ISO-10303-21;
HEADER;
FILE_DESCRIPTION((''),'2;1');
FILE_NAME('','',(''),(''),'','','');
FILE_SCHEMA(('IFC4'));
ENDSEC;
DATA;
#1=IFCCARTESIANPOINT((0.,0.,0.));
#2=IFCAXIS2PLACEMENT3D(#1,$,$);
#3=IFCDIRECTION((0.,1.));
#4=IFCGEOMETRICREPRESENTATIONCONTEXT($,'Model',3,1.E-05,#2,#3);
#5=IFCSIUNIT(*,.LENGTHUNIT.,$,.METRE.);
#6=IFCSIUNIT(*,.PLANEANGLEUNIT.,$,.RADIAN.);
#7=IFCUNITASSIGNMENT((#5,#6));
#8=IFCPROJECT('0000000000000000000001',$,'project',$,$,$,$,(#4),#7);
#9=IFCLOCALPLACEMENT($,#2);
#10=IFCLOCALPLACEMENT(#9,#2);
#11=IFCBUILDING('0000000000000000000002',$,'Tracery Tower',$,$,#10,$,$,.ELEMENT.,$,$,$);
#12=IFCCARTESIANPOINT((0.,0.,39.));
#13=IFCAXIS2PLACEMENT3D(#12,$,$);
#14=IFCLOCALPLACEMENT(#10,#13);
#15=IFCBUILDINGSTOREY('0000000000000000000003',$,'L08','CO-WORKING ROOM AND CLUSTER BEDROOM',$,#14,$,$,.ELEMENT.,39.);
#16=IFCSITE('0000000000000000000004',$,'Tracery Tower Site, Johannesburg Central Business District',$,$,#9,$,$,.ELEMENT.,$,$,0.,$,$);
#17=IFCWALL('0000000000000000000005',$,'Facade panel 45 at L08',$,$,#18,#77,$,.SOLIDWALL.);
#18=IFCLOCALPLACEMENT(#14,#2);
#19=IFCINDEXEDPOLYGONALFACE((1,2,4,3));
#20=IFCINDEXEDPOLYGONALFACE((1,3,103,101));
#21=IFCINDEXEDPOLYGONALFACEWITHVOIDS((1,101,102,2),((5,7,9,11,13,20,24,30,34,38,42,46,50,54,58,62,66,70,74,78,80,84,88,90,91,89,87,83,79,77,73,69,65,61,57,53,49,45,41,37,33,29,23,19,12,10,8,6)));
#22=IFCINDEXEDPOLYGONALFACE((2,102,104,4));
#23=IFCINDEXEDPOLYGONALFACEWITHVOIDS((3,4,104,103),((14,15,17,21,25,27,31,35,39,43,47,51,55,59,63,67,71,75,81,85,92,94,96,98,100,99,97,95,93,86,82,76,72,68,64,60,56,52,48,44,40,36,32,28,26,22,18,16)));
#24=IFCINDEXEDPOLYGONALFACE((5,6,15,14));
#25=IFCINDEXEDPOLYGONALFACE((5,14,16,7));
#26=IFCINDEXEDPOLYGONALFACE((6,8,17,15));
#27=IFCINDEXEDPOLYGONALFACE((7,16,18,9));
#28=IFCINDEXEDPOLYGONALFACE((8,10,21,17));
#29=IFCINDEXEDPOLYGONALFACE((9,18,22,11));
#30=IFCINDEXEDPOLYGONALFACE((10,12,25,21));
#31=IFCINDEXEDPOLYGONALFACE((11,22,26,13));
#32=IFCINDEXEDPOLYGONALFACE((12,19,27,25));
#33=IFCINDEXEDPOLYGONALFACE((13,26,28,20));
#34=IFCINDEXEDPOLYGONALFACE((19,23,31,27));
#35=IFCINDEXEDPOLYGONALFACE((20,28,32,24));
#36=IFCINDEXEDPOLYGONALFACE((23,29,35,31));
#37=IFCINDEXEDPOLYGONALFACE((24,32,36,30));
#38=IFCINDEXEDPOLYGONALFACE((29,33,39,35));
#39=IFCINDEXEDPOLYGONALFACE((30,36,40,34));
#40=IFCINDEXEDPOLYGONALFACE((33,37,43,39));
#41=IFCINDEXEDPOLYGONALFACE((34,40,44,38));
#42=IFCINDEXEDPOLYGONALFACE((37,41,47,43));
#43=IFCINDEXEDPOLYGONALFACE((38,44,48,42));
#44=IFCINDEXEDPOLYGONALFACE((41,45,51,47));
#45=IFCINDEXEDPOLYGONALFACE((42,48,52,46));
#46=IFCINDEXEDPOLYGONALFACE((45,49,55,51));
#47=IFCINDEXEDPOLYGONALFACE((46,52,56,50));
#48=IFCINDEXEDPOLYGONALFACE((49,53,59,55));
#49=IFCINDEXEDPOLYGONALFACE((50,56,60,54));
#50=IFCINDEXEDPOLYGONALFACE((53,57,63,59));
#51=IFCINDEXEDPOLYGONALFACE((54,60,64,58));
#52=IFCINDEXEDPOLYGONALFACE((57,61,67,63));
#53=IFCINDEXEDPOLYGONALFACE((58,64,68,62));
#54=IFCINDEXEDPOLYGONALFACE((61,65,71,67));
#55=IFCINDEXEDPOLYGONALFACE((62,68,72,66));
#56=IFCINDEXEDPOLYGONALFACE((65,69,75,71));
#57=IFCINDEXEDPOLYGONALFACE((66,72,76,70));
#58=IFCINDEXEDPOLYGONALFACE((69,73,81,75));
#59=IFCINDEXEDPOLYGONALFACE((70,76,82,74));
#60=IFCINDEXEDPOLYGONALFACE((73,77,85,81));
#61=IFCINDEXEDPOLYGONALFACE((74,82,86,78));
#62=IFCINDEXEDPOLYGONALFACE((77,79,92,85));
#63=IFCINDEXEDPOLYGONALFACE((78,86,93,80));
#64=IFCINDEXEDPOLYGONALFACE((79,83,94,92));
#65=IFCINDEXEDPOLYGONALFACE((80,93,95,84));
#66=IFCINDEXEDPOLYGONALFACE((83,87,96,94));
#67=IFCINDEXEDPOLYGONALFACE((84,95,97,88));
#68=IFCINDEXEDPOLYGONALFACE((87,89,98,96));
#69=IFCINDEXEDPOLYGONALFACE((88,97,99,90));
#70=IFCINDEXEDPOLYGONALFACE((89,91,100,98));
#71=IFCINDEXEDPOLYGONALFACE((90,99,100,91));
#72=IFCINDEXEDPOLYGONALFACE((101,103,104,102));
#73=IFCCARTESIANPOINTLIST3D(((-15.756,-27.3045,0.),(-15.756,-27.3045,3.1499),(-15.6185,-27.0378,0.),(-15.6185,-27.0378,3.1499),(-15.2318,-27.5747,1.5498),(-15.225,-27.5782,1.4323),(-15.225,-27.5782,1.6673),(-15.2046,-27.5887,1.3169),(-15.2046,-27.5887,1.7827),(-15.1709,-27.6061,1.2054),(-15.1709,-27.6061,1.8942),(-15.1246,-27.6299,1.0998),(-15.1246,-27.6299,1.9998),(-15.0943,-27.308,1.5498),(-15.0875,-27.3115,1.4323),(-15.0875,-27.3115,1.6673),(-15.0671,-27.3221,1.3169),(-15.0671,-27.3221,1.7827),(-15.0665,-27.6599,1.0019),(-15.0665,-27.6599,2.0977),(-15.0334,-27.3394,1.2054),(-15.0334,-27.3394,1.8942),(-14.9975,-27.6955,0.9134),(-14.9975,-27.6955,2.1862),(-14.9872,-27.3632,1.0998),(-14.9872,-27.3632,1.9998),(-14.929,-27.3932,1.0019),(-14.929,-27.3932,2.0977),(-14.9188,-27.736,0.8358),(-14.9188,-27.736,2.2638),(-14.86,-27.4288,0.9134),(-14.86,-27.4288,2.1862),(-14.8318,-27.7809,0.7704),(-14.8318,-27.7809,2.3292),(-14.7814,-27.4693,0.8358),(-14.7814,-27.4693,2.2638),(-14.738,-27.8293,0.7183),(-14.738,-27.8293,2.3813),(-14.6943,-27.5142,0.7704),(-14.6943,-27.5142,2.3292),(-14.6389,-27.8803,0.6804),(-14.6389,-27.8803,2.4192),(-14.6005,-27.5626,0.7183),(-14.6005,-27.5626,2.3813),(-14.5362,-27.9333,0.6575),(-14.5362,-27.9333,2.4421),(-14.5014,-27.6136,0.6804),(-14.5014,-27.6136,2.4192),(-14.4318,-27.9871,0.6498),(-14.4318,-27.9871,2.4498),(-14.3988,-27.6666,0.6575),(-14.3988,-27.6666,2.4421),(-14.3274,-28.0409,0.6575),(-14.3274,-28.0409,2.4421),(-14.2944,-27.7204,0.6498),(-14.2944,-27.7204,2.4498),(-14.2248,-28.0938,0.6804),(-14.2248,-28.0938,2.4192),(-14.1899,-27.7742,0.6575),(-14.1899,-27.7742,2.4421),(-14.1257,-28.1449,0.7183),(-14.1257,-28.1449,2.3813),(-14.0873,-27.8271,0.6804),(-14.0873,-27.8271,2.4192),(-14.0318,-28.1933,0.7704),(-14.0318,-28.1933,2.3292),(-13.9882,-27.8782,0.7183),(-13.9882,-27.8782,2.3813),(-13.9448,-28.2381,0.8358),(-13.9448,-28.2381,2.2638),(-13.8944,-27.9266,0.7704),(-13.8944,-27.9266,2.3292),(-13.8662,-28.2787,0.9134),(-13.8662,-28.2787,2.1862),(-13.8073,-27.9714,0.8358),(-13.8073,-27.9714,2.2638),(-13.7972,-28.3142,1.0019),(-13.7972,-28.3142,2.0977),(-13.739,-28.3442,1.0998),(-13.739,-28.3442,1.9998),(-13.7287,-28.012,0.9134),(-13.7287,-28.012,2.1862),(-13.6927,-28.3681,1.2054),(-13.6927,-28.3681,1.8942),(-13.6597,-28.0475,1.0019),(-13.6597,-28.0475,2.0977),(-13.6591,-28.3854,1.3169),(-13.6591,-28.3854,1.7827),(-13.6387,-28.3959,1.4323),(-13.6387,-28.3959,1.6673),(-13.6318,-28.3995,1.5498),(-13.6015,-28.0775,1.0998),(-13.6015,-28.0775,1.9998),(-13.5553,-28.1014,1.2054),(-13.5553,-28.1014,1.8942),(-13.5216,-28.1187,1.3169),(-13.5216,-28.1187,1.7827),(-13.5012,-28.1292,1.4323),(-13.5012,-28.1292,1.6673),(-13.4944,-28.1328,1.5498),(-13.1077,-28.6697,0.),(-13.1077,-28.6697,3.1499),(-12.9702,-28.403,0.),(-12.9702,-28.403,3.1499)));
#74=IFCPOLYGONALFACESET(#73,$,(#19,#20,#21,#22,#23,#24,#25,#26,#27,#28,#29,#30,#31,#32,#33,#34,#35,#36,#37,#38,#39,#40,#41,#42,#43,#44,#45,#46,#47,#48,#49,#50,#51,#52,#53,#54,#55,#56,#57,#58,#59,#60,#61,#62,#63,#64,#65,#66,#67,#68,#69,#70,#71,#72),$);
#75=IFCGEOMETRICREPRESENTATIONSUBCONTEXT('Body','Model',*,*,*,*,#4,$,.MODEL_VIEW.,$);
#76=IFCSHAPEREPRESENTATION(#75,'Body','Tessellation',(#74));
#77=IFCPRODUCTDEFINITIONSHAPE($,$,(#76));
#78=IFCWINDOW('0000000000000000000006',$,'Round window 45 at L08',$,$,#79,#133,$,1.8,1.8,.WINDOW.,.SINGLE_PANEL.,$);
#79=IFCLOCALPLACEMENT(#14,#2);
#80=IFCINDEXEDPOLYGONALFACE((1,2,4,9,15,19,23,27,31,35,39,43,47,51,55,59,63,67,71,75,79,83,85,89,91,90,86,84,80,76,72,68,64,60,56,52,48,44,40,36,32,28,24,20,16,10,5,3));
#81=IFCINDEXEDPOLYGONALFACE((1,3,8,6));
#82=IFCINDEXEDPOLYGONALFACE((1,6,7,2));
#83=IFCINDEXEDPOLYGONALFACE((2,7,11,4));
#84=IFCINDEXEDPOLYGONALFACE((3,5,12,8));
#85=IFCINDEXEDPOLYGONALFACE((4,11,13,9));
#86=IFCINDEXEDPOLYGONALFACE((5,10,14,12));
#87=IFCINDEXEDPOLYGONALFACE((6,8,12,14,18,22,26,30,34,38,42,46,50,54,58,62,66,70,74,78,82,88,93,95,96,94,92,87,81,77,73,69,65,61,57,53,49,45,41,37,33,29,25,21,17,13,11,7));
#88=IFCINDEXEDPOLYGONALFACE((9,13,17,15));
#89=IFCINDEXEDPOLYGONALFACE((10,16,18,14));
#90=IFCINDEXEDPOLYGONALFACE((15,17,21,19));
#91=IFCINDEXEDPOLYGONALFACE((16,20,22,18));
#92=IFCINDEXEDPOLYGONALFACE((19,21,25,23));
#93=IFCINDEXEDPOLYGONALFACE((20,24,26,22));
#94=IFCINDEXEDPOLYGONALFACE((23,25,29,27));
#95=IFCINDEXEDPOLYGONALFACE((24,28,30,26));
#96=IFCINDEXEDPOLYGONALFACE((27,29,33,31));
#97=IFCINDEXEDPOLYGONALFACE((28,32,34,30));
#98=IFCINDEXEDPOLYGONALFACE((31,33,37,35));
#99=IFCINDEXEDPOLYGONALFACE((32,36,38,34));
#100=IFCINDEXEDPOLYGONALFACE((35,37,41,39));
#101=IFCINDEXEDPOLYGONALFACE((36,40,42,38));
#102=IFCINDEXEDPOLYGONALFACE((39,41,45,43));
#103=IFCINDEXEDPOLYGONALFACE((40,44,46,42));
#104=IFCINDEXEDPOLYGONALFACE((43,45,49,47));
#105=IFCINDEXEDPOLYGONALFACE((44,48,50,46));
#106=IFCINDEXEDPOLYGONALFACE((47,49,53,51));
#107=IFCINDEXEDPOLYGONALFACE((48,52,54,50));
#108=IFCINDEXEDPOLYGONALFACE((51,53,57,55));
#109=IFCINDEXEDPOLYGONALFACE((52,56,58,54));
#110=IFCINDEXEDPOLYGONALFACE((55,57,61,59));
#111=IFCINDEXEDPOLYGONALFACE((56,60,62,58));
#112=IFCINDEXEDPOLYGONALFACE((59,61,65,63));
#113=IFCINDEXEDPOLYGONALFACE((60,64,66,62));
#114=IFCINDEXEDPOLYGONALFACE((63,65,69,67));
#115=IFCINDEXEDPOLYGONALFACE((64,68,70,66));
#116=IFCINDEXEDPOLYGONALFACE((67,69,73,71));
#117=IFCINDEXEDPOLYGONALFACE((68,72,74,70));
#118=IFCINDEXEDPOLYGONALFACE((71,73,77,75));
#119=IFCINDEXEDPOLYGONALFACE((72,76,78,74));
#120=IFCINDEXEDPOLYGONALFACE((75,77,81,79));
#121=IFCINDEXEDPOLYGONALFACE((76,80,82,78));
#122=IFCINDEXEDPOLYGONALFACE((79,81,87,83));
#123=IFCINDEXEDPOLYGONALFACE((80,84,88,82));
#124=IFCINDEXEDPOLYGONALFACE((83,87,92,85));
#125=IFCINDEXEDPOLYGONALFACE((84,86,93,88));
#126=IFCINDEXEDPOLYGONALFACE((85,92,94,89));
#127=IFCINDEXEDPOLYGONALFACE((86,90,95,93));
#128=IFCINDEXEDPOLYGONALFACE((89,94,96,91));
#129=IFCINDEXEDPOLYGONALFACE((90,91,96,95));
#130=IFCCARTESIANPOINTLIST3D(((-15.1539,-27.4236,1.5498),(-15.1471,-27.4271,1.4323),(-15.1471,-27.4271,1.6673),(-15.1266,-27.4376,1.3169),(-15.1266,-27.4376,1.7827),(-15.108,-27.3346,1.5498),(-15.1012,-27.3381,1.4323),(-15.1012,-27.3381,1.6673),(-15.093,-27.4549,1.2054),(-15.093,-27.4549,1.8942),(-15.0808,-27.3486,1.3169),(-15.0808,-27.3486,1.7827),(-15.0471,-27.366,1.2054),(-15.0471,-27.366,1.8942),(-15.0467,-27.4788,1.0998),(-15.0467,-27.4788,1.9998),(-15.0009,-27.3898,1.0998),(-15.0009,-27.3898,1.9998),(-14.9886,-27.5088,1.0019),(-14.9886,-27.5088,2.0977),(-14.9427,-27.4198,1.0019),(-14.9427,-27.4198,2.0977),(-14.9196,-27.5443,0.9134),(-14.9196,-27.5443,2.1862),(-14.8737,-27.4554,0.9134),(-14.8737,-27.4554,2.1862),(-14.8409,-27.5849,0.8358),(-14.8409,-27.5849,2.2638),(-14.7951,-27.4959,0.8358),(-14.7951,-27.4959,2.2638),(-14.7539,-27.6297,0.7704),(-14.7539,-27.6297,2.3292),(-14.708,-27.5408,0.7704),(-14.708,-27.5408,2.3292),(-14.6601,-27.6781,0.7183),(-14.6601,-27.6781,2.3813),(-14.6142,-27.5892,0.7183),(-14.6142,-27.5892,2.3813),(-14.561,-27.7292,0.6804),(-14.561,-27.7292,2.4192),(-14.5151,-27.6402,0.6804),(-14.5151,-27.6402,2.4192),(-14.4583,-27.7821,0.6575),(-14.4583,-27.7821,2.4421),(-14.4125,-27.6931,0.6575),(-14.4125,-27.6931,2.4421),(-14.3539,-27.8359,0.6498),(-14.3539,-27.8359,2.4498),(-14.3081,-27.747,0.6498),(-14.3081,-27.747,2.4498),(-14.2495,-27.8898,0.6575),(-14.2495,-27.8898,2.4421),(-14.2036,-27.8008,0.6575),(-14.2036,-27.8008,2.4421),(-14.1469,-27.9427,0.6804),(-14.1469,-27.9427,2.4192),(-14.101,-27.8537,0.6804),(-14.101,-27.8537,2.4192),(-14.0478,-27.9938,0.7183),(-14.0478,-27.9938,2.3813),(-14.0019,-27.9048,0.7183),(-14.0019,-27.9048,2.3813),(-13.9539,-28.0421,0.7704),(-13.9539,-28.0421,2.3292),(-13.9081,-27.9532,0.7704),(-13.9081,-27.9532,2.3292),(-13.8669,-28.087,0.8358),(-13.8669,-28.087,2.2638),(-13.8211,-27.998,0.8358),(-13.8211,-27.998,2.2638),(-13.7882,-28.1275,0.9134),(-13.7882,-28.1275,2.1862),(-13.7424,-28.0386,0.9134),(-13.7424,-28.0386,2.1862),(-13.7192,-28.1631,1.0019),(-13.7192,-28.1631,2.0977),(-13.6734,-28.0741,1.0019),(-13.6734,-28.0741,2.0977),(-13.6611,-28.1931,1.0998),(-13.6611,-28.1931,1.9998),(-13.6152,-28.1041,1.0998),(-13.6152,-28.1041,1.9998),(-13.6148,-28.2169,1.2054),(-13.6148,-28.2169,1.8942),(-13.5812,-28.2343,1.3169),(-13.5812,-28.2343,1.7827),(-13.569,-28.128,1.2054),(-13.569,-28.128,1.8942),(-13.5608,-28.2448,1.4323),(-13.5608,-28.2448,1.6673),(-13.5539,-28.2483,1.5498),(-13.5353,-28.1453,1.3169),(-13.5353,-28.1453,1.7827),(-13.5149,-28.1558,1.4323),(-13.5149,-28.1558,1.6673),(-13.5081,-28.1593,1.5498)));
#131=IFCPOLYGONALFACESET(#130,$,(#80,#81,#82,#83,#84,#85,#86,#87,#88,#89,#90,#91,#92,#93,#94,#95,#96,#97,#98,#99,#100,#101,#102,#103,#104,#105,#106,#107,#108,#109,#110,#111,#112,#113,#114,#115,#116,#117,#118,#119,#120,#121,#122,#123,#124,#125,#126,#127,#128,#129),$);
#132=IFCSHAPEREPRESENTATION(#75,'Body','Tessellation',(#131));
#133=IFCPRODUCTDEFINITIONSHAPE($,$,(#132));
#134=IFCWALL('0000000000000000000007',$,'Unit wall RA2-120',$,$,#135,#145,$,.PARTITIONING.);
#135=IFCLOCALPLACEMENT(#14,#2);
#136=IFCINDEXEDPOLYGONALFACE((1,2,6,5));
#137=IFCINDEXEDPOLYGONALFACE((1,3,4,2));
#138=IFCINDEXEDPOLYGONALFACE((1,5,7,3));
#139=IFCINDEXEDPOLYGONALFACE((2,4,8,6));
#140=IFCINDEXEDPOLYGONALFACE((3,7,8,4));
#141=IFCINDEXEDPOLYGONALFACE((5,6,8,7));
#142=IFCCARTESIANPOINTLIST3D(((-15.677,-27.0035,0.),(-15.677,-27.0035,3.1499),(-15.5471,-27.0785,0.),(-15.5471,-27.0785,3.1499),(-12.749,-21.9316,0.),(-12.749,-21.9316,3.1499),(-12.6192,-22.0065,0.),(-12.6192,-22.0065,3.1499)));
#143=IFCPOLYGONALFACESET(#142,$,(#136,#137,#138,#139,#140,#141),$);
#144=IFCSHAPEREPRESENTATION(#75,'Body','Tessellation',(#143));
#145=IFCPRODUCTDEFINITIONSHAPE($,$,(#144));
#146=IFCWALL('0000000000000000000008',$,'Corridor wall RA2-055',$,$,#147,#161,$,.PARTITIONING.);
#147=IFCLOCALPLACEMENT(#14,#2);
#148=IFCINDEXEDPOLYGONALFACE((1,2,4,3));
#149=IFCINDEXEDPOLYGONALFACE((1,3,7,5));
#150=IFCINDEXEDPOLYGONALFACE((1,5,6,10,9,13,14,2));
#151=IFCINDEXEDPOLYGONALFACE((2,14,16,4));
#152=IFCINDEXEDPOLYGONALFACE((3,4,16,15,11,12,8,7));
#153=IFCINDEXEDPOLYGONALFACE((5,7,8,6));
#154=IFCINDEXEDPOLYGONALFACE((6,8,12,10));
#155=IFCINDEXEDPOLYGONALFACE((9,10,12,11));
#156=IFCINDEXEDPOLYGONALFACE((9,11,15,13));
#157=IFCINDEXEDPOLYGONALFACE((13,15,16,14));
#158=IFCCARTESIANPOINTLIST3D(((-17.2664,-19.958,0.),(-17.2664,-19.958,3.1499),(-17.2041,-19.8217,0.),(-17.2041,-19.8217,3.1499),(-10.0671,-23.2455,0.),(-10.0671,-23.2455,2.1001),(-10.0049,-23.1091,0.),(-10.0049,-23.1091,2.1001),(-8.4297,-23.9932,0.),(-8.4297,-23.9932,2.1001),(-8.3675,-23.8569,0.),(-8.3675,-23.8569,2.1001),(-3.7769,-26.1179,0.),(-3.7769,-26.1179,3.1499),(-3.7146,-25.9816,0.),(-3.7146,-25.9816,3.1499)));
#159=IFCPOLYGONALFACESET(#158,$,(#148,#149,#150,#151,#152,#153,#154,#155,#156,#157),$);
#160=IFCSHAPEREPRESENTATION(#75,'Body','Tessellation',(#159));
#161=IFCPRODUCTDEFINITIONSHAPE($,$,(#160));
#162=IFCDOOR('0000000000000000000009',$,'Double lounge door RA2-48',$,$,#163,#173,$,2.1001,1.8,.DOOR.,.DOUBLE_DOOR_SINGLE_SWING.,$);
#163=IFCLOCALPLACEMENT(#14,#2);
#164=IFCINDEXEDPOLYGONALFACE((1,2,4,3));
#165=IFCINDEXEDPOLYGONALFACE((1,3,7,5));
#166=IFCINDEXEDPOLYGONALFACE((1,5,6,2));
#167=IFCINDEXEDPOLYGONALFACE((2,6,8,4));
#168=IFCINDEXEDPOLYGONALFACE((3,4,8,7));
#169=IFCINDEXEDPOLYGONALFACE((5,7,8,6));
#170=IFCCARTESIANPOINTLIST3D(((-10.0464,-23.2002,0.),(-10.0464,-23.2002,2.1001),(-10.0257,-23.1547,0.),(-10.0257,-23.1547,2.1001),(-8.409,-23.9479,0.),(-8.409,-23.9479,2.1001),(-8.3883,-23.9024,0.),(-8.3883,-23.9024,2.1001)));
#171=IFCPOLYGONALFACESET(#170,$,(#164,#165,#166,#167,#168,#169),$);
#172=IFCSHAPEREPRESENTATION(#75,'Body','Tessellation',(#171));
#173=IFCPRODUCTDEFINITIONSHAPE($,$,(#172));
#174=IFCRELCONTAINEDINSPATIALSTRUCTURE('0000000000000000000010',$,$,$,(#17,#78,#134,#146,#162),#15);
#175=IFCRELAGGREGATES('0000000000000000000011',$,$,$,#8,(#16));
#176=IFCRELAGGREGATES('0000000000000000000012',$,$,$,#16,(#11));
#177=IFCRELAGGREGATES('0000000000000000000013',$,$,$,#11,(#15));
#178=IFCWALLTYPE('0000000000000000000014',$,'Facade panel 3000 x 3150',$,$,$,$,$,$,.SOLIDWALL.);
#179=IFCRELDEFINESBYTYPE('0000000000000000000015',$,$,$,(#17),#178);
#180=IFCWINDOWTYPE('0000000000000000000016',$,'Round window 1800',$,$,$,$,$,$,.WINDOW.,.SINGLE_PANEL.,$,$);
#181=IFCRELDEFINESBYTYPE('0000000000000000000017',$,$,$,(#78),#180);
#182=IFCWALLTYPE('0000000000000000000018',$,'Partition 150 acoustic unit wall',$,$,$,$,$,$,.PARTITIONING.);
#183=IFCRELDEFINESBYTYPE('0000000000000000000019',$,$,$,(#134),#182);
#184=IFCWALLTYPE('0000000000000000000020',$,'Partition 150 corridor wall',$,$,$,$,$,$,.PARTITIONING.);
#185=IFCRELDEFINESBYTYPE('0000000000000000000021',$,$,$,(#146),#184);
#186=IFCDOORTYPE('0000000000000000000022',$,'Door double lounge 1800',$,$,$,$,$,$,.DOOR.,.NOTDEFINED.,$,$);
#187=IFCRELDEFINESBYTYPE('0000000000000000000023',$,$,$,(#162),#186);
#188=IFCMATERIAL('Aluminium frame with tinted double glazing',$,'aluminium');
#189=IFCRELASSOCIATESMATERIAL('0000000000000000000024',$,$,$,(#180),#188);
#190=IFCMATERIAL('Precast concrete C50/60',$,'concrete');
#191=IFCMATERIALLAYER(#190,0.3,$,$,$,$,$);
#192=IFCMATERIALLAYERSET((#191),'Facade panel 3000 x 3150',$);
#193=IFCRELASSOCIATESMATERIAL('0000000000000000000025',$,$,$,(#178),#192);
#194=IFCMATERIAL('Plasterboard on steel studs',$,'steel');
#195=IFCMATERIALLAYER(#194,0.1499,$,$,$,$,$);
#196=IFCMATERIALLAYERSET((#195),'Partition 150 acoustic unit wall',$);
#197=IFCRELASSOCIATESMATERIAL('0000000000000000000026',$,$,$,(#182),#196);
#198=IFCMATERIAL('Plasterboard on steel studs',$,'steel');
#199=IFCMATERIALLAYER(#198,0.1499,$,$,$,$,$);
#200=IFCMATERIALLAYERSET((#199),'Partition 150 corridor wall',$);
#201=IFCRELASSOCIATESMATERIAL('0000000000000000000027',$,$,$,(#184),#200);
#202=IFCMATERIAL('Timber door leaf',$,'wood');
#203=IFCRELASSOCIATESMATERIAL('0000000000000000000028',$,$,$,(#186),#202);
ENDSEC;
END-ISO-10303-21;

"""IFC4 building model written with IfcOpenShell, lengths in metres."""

from ifc_helpers import new_model, si_unit, direction, frame, frame_2d, origin, origin_2d, place, context, subcontext, project, spatial, rectangle, circle, extrude, material, layer, layer_set, type_object, element, fill, save


model = new_model("IFC4")

# Units and contexts
model_context = context("Model", 3, precision=1e-05, world=origin(), true_north=direction((0.0, 1.0)))
body_context = subcontext(model_context, "Body", "Model", "MODEL_VIEW")
ifc_project = project(units=[si_unit("LENGTHUNIT", "METRE"), si_unit("PLANEANGLEUNIT", "RADIAN")], contexts=[model_context])

# Site, building, storey
site_placement = place(None, origin())
site = spatial("IfcSite", under=ifc_project, at=site_placement, Name="Tracery Tower Site, Johannesburg Central Business District", CompositionType="ELEMENT", RefElevation=0.0)
building_placement = place(site_placement, origin())
building = spatial("IfcBuilding", under=site, at=building_placement, Name="Tracery Tower", CompositionType="ELEMENT")
storey_placement = place(building_placement, frame((0.0, 0.0, 39.0)))
storey = spatial("IfcBuildingStorey", under=building, at=storey_placement, Name="L08", Description="CO-WORKING ROOM AND CLUSTER BEDROOM", CompositionType="ELEMENT", Elevation=39.0)

# Wall, opening, window
ifc_material_1 = material(Name="Aluminium frame with tinted double glazing", Category="aluminium")
window_type = type_object("IfcWindowType", Name="Round window 1800", PartitioningType="SINGLE_PANEL", PredefinedType="WINDOW", material=ifc_material_1)
ifc_material_2 = material(Name="Precast concrete C50/60", Category="concrete")
ifc_layer_1 = layer(ifc_material_2, 0.3)
ifc_layer_set_1 = layer_set([ifc_layer_1], Name="Facade panel 3000 x 3150")
wall_type_1 = type_object("IfcWallType", Name="Facade panel 3000 x 3150", PredefinedType="SOLIDWALL", material=ifc_layer_set_1)
wall_1_placement = place(storey_placement, frame((-15.6873, -27.1711, 0.0), z_axis=(0.0, 0.0, 1.0), x_axis=(0.888853, -0.458192, 0.0)))
wall_1 = element("IfcWall", 1, at=wall_1_placement, inside=storey, type_object=wall_type_1, Name="Facade panel 45 at L08", PredefinedType="SOLIDWALL", context=body_context, shape_type="SweptSolid", body=[
    extrude(rectangle(XDim=2.9795, YDim=0.3, at=frame_2d((1.4897, 0.0))), origin(), (0.0, 0.0, 1.0), 3.1499),
])
opening_1_placement = place(wall_1_placement, frame((1.4897, 0.0, 1.5498)))
opening_1 = element("IfcOpeningElement", 2, at=opening_1_placement, cuts=wall_1, PredefinedType="OPENING", context=body_context, shape_type="SweptSolid", body=[
    extrude(circle(Radius=0.9, at=origin_2d()), frame((0.0, 0.1599, 0.0), z_axis=(0.0, -1.0, 0.0), x_axis=(1.0, 0.0, 0.0)), (0.0, 0.0, 1.0), 0.3201),
])
window_1_placement = place(opening_1_placement, origin())
window_1 = element("IfcWindow", 3, at=window_1_placement, inside=storey, type_object=window_type, Name="Round window 45 at L08", OverallHeight=1.8, OverallWidth=1.8, PartitioningType="SINGLE_PANEL", PredefinedType="WINDOW", context=body_context, shape_type="SweptSolid", body=[
    extrude(circle(Radius=0.9, at=origin_2d()), frame((0.0, 0.1201, 0.0), z_axis=(0.0, -1.0, 0.0), x_axis=(1.0, 0.0, 0.0)), (0.0, 0.0, 1.0), 0.1001),
])
fill(opening_1, window_1)

# Wall
ifc_material_3 = material(Name="Plasterboard on steel studs", Category="steel")
ifc_layer_2 = layer(ifc_material_3, 0.1499)
ifc_layer_set_2 = layer_set([ifc_layer_2], Name="Partition 150 acoustic unit wall")
wall_type_2 = type_object("IfcWallType", Name="Partition 150 acoustic unit wall", PredefinedType="PARTITIONING", material=ifc_layer_set_2)
wall_2_placement = place(storey_placement, frame((-15.6121, -27.041, 0.0), z_axis=(0.0, 0.0, 1.0), x_axis=(0.499955, 0.866052, 0.0)))
element("IfcWall", 4, at=wall_2_placement, inside=storey, type_object=wall_type_2, Name="Unit wall RA2-120", PredefinedType="PARTITIONING", context=body_context, shape_type="SweptSolid", body=[
    extrude(rectangle(XDim=5.8564, YDim=0.1499, at=frame_2d((2.9282, 0.0))), origin(), (0.0, 0.0, 1.0), 3.1499),
])

# Wall, opening, door
ifc_material_4 = material(Name="Plasterboard on steel studs", Category="steel")
ifc_layer_3 = layer(ifc_material_4, 0.1499)
ifc_layer_set_3 = layer_set([ifc_layer_3], Name="Partition 150 corridor wall")
wall_type_3 = type_object("IfcWallType", Name="Partition 150 corridor wall", PredefinedType="PARTITIONING", material=ifc_layer_set_3)
wall_3_placement = place(storey_placement, frame((-17.2351, -19.8899, 0.0), z_axis=(0.0, 0.0, 1.0), x_axis=(0.909646, -0.415385, 0.0)))
wall_3 = element("IfcWall", 5, at=wall_3_placement, inside=storey, type_object=wall_type_3, Name="Corridor wall RA2-055", PredefinedType="PARTITIONING", context=body_context, shape_type="SweptSolid", body=[
    extrude(rectangle(XDim=14.8293, YDim=0.1499, at=frame_2d((7.4146, 0.0))), origin(), (0.0, 0.0, 1.0), 3.1499),
])
opening_2_placement = place(wall_3_placement, frame((7.9143, 0.0, 0.0)))
opening_2 = element("IfcOpeningElement", 6, at=opening_2_placement, cuts=wall_3, PredefinedType="OPENING", context=body_context, shape_type="SweptSolid", body=[
    extrude(rectangle(XDim=1.8, YDim=2.1001, at=frame_2d((0.8999, 1.05))), frame((0.0, 0.075, 0.0), z_axis=(0.0, -1.0, 0.0), x_axis=(1.0, 0.0, 0.0)), (0.0, 0.0, 1.0), 0.1499),
])
ifc_material_5 = material(Name="Timber door leaf", Category="wood")
door_type = type_object("IfcDoorType", Name="Door double lounge 1800", OperationType="NOTDEFINED", PredefinedType="DOOR", material=ifc_material_5)
door_placement = place(opening_2_placement, origin())
door = element("IfcDoor", 7, at=door_placement, inside=storey, type_object=door_type, Name="Double lounge door RA2-48", OperationType="DOUBLE_DOOR_SINGLE_SWING", OverallHeight=2.1001, OverallWidth=1.8, PredefinedType="DOOR", context=body_context, shape_type="SweptSolid", body=[
    extrude(rectangle(XDim=1.8, YDim=2.1001, at=frame_2d((0.8999, 1.05))), frame((0.0, 0.0249, 0.0), z_axis=(0.0, -1.0, 0.0), x_axis=(1.0, 0.0, 0.0)), (0.0, 0.0, 1.0), 0.05),
])
fill(opening_2, door)

save(model, "model.ifc")
